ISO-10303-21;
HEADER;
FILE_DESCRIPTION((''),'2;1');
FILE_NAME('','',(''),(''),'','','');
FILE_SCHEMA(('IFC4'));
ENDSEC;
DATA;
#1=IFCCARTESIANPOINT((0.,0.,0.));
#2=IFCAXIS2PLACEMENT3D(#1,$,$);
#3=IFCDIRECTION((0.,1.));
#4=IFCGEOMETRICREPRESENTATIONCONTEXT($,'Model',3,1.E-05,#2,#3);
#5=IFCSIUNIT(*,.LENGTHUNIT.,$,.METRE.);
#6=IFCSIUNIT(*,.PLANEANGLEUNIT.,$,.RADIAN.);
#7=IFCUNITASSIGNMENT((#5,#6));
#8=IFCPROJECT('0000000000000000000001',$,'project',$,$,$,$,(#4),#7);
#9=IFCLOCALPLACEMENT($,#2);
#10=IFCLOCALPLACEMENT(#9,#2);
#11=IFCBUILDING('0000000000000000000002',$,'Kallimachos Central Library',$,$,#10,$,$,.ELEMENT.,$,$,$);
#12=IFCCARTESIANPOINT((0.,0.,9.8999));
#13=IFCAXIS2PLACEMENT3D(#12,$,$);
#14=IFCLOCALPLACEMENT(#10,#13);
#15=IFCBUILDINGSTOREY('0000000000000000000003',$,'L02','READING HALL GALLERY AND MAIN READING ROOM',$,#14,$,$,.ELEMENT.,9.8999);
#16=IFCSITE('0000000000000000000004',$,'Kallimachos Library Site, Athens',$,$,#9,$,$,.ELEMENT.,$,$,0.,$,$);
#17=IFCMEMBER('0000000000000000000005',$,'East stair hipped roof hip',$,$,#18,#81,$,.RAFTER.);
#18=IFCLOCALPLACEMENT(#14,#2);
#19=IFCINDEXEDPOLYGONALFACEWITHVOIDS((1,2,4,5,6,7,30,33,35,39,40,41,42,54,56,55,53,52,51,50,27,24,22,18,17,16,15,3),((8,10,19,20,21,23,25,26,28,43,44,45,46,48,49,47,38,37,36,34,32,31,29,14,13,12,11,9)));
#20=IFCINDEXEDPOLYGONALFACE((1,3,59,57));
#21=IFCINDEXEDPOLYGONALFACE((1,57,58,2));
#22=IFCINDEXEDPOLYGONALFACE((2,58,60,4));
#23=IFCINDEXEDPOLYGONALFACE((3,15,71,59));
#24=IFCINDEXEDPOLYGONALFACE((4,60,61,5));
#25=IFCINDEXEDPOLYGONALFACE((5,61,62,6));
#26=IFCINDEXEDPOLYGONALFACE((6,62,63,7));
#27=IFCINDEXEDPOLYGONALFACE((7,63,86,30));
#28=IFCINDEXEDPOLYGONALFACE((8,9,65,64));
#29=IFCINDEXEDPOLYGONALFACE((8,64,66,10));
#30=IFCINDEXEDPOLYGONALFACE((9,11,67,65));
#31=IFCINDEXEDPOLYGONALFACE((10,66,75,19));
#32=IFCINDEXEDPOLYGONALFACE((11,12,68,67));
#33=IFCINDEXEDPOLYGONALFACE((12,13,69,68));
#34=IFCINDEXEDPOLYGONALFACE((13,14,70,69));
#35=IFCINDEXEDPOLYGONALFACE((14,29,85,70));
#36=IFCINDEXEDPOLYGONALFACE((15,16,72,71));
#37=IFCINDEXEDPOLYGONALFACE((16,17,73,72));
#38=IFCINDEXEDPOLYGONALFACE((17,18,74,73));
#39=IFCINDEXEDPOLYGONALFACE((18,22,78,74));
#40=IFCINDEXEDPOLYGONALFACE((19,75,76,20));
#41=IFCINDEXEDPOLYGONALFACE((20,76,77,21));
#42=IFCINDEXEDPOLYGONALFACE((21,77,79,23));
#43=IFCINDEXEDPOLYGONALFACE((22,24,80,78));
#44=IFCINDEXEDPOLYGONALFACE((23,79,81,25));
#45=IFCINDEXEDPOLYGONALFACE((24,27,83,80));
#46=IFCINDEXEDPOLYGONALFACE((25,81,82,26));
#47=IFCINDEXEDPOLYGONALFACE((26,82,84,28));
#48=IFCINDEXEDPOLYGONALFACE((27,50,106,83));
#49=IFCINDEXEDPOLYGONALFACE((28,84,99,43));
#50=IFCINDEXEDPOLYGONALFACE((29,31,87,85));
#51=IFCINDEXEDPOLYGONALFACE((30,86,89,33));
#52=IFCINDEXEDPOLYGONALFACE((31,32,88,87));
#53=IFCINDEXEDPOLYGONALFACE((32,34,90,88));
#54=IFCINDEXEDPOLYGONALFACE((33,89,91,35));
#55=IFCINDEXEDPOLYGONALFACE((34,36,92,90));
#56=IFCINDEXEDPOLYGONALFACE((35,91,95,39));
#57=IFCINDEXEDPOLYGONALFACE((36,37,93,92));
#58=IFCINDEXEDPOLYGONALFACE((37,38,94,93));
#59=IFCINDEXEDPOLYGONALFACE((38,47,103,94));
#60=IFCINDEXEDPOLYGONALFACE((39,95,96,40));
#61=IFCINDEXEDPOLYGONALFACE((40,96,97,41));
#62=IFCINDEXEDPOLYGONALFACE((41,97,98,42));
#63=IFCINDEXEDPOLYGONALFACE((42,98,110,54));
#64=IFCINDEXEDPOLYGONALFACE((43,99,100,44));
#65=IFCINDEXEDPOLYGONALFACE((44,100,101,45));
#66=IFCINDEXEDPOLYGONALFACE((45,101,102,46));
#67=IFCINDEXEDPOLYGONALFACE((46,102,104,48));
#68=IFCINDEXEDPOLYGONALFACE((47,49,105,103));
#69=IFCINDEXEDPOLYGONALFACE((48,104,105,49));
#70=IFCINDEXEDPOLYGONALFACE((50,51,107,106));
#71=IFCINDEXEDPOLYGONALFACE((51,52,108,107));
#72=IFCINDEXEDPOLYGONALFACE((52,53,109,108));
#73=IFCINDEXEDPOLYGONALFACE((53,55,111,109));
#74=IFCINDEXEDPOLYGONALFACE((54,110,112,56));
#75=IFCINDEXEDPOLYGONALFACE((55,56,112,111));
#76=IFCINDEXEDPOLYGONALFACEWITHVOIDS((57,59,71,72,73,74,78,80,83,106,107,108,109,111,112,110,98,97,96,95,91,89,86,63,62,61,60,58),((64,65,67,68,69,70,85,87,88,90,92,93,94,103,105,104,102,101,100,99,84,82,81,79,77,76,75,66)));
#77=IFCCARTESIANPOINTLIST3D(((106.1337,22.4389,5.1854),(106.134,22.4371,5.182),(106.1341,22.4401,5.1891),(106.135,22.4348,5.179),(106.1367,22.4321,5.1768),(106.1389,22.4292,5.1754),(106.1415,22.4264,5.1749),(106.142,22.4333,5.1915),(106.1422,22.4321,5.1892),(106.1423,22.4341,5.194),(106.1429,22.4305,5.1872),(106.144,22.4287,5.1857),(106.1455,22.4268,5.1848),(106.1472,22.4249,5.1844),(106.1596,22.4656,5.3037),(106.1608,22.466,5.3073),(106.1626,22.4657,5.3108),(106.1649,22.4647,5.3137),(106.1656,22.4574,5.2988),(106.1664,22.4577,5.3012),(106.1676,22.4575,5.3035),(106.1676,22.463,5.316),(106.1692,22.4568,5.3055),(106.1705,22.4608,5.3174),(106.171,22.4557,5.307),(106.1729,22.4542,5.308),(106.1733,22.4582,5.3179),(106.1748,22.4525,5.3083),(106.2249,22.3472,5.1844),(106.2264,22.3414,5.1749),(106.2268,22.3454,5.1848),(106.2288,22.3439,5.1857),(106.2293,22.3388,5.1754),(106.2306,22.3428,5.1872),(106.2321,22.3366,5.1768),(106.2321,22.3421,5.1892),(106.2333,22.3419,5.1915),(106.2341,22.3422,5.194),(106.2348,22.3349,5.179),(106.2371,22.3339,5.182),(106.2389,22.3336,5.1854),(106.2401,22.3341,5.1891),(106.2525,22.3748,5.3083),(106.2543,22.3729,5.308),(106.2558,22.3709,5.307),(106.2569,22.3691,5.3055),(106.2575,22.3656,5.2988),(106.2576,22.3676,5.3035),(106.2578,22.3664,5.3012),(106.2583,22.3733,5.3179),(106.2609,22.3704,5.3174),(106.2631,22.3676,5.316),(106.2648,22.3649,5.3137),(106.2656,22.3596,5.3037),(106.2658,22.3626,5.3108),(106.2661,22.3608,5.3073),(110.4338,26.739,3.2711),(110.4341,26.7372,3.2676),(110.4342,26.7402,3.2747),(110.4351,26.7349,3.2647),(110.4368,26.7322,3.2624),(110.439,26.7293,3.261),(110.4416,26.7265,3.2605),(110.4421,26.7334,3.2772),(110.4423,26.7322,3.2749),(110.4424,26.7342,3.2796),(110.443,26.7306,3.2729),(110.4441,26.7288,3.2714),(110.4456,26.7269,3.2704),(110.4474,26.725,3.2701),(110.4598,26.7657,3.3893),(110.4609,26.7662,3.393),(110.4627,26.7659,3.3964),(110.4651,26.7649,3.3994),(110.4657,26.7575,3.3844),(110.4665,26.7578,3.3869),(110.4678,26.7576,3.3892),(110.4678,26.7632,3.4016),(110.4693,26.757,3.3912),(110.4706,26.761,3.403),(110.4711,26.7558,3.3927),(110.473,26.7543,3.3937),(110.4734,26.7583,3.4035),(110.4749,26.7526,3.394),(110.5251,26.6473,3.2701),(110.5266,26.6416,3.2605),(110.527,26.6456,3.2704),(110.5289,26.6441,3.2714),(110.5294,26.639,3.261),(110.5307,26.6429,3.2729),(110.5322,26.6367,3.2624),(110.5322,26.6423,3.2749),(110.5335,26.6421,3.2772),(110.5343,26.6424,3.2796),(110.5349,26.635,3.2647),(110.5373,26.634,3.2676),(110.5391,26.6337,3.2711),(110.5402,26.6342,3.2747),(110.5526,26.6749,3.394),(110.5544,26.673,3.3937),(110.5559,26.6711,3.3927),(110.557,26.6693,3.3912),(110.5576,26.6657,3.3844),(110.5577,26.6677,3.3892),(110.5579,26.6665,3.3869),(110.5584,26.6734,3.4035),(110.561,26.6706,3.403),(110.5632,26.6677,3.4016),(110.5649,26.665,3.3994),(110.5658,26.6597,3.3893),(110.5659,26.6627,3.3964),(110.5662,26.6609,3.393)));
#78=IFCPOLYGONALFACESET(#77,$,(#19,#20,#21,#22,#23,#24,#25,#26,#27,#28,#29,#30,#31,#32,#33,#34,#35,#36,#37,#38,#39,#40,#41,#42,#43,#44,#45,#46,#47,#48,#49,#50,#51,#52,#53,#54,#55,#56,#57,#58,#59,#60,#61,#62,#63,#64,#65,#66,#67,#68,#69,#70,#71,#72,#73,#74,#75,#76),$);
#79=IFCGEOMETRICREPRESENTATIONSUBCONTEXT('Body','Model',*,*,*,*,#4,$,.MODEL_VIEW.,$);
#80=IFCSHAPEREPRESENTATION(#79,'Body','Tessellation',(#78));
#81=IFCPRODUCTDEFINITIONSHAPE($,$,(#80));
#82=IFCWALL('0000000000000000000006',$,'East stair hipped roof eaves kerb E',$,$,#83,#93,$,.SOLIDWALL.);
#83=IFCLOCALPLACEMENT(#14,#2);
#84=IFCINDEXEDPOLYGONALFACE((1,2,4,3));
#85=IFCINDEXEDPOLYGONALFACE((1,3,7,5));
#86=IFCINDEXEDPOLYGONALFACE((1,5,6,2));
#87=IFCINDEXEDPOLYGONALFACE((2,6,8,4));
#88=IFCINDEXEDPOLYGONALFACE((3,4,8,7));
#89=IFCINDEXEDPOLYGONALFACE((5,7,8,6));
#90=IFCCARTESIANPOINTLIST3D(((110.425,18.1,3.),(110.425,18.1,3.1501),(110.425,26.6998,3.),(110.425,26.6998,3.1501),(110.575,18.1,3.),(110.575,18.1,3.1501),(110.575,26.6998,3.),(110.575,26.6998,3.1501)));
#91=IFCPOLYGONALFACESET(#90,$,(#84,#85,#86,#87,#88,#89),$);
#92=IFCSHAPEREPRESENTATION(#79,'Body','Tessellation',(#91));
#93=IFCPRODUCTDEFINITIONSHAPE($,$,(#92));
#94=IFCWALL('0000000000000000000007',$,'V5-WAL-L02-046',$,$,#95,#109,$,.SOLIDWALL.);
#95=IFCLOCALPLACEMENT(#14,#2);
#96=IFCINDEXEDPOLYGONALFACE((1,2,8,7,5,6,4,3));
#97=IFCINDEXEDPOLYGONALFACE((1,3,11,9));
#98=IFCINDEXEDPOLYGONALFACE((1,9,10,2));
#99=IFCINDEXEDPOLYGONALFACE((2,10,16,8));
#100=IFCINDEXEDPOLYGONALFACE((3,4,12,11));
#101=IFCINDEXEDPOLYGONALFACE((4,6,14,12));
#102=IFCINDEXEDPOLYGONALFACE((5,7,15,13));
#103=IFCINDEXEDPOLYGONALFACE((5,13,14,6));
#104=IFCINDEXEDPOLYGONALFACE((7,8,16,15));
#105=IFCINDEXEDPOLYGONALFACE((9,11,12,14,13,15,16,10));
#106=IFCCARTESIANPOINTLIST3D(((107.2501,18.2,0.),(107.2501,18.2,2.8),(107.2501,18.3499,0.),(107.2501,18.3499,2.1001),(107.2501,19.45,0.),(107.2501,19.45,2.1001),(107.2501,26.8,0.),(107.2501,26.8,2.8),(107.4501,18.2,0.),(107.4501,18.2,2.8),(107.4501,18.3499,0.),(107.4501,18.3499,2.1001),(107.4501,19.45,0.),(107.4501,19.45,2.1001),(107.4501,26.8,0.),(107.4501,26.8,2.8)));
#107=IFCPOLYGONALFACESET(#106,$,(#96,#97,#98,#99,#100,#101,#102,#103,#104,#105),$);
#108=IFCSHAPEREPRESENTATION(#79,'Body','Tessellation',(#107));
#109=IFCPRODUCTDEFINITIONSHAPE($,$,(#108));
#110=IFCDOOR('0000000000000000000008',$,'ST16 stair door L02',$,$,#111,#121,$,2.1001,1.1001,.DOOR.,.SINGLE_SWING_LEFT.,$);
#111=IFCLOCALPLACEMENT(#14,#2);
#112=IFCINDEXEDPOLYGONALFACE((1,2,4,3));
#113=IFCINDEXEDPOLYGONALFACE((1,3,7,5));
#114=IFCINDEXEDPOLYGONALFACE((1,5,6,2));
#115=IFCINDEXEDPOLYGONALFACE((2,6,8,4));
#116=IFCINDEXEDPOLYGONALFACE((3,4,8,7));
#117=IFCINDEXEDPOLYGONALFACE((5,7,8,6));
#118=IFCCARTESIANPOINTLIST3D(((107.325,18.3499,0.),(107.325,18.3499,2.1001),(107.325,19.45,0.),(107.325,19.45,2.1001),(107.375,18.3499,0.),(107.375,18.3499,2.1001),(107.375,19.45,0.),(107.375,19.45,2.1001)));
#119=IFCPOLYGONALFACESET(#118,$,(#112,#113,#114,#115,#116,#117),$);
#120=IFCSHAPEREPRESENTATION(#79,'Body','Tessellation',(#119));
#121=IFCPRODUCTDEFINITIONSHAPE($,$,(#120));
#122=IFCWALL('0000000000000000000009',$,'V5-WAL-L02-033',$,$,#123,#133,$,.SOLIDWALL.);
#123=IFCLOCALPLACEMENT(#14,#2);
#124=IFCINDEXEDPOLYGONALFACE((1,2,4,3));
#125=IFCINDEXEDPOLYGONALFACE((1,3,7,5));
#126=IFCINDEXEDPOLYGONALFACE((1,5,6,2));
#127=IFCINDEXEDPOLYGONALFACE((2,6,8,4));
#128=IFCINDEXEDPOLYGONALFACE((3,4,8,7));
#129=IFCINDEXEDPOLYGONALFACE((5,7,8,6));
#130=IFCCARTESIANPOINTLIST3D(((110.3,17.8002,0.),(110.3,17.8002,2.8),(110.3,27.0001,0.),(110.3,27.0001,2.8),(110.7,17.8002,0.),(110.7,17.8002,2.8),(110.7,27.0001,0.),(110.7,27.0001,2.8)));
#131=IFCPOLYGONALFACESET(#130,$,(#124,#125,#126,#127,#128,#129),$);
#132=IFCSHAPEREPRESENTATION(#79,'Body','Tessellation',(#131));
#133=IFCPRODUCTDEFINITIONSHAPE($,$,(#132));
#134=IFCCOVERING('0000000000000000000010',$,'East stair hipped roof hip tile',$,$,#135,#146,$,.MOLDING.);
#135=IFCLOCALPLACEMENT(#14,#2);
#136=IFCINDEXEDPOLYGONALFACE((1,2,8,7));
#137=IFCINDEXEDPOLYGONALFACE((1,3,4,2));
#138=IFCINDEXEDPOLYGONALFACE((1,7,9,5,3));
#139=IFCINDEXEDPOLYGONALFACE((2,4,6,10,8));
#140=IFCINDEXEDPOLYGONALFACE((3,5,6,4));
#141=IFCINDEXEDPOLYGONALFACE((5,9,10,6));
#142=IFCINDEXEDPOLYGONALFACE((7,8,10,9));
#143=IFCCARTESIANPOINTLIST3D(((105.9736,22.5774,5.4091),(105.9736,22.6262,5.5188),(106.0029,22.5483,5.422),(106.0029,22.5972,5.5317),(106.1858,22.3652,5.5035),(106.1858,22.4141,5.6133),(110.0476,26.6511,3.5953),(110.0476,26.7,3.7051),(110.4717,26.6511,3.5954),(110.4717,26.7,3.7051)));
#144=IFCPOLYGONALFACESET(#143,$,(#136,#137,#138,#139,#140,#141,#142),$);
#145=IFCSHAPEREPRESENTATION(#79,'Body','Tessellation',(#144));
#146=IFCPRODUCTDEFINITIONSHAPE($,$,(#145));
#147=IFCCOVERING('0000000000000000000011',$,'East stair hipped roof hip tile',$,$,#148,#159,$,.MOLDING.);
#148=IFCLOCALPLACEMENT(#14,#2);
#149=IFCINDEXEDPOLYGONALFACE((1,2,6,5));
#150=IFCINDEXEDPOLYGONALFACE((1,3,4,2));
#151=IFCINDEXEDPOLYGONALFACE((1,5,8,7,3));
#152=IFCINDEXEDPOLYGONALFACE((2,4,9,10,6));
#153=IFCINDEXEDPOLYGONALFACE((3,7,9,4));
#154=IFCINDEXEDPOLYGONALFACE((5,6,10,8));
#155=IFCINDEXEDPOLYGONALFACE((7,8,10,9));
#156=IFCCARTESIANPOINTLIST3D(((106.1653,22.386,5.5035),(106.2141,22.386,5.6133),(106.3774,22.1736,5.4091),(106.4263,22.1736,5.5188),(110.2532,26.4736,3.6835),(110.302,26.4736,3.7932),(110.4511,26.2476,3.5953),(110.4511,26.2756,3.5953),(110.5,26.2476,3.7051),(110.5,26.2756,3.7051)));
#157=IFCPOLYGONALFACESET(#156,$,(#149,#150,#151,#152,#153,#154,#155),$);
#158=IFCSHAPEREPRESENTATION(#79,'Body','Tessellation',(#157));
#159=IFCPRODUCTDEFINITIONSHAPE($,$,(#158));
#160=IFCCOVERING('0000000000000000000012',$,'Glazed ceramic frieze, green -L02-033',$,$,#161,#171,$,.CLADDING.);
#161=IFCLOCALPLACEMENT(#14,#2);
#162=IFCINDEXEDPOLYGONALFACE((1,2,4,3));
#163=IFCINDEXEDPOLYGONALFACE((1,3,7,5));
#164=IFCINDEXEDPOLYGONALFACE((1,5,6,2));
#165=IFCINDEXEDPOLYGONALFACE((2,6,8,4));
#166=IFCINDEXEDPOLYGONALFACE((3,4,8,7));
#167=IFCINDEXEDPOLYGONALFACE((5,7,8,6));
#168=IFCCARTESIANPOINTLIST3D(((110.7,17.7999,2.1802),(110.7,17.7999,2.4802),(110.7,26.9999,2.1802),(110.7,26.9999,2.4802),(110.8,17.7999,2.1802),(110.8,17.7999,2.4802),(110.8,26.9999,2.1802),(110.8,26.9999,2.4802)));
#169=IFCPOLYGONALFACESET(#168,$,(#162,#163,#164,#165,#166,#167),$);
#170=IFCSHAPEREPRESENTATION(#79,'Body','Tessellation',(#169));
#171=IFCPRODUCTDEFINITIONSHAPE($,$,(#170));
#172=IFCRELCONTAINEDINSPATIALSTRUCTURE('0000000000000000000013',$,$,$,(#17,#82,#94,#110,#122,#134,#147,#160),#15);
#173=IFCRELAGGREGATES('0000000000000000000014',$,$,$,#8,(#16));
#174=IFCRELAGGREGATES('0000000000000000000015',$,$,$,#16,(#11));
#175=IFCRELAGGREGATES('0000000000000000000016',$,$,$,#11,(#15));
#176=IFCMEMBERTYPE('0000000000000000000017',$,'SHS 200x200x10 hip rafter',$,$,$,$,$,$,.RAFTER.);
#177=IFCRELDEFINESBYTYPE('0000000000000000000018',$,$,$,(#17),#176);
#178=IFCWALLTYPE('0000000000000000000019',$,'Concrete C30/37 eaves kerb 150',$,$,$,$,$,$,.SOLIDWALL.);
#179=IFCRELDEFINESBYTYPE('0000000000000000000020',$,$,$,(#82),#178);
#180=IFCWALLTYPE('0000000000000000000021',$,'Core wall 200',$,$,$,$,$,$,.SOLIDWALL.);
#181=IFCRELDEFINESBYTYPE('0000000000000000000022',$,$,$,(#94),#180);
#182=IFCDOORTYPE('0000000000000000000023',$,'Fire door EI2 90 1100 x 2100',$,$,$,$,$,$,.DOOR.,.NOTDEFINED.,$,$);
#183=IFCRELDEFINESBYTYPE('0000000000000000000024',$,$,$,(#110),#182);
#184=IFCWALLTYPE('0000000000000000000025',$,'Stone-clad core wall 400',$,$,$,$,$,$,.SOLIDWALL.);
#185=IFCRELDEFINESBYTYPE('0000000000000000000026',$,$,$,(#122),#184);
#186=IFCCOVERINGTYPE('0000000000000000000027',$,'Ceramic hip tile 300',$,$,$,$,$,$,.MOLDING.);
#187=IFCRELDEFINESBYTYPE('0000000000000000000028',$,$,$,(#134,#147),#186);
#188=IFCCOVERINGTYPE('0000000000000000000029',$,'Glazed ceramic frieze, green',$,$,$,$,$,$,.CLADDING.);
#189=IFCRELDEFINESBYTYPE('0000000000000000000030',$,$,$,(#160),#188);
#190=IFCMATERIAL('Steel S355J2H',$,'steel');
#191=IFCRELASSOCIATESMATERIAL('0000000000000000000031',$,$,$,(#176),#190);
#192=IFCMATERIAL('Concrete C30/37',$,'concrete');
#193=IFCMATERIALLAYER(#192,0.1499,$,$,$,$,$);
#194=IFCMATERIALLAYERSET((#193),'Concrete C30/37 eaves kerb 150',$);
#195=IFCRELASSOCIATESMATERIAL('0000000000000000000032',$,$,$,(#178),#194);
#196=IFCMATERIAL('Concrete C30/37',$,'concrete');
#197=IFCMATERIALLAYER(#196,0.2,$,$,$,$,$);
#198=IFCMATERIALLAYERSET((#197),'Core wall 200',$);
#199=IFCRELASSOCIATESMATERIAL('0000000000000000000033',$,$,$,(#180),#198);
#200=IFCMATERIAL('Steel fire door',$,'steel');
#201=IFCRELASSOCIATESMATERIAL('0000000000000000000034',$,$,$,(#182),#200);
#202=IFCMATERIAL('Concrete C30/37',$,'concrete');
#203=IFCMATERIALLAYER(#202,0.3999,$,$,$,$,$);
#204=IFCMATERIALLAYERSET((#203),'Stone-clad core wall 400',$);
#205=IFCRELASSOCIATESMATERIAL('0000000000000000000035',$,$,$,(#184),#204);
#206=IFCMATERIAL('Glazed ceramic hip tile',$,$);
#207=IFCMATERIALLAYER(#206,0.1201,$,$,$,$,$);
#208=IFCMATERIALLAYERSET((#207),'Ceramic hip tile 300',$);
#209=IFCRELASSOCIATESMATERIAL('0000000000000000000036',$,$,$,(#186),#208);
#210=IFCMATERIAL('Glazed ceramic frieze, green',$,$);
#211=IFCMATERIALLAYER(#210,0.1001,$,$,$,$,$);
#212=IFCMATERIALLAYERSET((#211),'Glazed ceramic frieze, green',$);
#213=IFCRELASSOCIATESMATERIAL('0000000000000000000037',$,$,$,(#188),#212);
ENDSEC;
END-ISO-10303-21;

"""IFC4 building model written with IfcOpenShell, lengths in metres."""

from ifc_helpers import new_model, si_unit, direction, frame, frame_2d, origin, origin_2d, place, context, subcontext, project, spatial, polyline, rectangle, hollow_rectangle, outline, extrude, material, layer, layer_set, material_profile, profile_set, type_object, element, fill, save


model = new_model("IFC4")

# Units and contexts
model_context = context("Model", 3, precision=1e-05, world=origin(), true_north=direction((0.0, 1.0)))
body_context = subcontext(model_context, "Body", "Model", "MODEL_VIEW")
ifc_project = project(units=[si_unit("LENGTHUNIT", "METRE"), si_unit("PLANEANGLEUNIT", "RADIAN")], contexts=[model_context])

# Site, building, storey
site_placement = place(None, origin())
site = spatial("IfcSite", under=ifc_project, at=site_placement, Name="Kallimachos Library Site, Athens", CompositionType="ELEMENT", RefElevation=0.0)
building_placement = place(site_placement, origin())
building = spatial("IfcBuilding", under=site, at=building_placement, Name="Kallimachos Central Library", CompositionType="ELEMENT")
storey_placement = place(building_placement, frame((0.0, 0.0, 9.8999)))
storey = spatial("IfcBuildingStorey", under=building, at=storey_placement, Name="L02", Description="READING HALL GALLERY AND MAIN READING ROOM", CompositionType="ELEMENT", Elevation=9.8999)

# Member
ifc_material_1 = material(Name="Steel S355J2H", Category="steel")
ifc_material_profile_1 = material_profile(ifc_material_1, hollow_rectangle(XDim=0.1499, YDim=0.1499, WallThickness=0.01, InnerFilletRadius=0.01, OuterFilletRadius=0.0149, at=origin_2d()), Name="SHS 150x150x10")
ifc_profile_set_1 = profile_set([ifc_material_profile_1], Name="Steel S355J2H")
member_type_1 = type_object("IfcMemberType", Name="SHS 200x200x10 hip rafter", PredefinedType="RAFTER", material=ifc_profile_set_1)
member_1_placement = place(storey_placement, frame((110.5, 26.7, 3.332), z_axis=(-0.674478, -0.674478, 0.300266), x_axis=(0.707107, -0.707107, 0.0)))
element("IfcMember", 1, at=member_1_placement, inside=storey, type_object=member_type_1, Name="East stair hipped roof hip", PredefinedType="RAFTER", context=body_context, shape_type="SweptSolid", body=[
    extrude(hollow_rectangle(XDim=0.1499, YDim=0.1499, WallThickness=0.01, InnerFilletRadius=0.01, OuterFilletRadius=0.0149, at=origin_2d()), origin(), (0.0, 0.0, 1.0), 6.3755),
])

# Wall
ifc_material_2 = material(Name="Concrete C30/37", Category="concrete")
ifc_layer_1 = layer(ifc_material_2, 0.1499)
ifc_layer_set_1 = layer_set([ifc_layer_1], Name="Concrete C30/37 eaves kerb 150")
wall_type_1 = type_object("IfcWallType", Name="Concrete C30/37 eaves kerb 150", PredefinedType="SOLIDWALL", material=ifc_layer_set_1)
wall_1_placement = place(storey_placement, frame((110.5, 18.1001, 3.0), z_axis=(0.0, 0.0, 1.0), x_axis=(0.0, 1.0, 0.0)))
element("IfcWall", 2, at=wall_1_placement, inside=storey, type_object=wall_type_1, Name="East stair hipped roof eaves kerb E", PredefinedType="SOLIDWALL", context=body_context, shape_type="SweptSolid", body=[
    extrude(rectangle(XDim=8.5999, YDim=0.1499, at=frame_2d((4.2998, 0.0))), origin(), (0.0, 0.0, 1.0), 0.1501),
])

# Wall, opening, door
ifc_material_3 = material(Name="Concrete C30/37", Category="concrete")
ifc_layer_2 = layer(ifc_material_3, 0.2)
ifc_layer_set_2 = layer_set([ifc_layer_2], Name="Core wall 200")
wall_type_2 = type_object("IfcWallType", Name="Core wall 200", PredefinedType="SOLIDWALL", material=ifc_layer_set_2)
wall_2_placement = place(storey_placement, frame((107.3501, 18.2, 0.0), z_axis=(0.0, 0.0, 1.0), x_axis=(0.0, 1.0, 0.0)))
wall_2 = element("IfcWall", 3, at=wall_2_placement, inside=storey, type_object=wall_type_2, Name="V5-WAL-L02-046", PredefinedType="SOLIDWALL", context=body_context, shape_type="SweptSolid", body=[
    extrude(rectangle(XDim=8.6001, YDim=0.2, at=frame_2d((4.3, 0.0))), origin(), (0.0, 0.0, 1.0), 2.8),
])
opening_placement = place(wall_2_placement, frame((0.1499, 0.0, 0.0)))
opening = element("IfcOpeningElement", 4, at=opening_placement, cuts=wall_2, PredefinedType="OPENING", context=body_context, shape_type="SweptSolid", body=[
    extrude(rectangle(XDim=1.1001, YDim=2.1001, at=frame_2d((0.55, 1.05))), frame((0.0, 0.1099, 0.0), z_axis=(0.0, -1.0, 0.0), x_axis=(1.0, 0.0, 0.0)), (0.0, 0.0, 1.0), 0.22),
])
ifc_material_4 = material(Name="Steel fire door", Category="steel")
door_type = type_object("IfcDoorType", Name="Fire door EI2 90 1100 x 2100", OperationType="NOTDEFINED", PredefinedType="DOOR", material=ifc_material_4)
door_placement = place(opening_placement, frame((1.1001, 0.0, 0.0), z_axis=(0.0, 0.0, 1.0), x_axis=(-1.0, 0.0, 0.0)))
door = element("IfcDoor", 5, at=door_placement, inside=storey, type_object=door_type, Name="ST16 stair door L02", OperationType="SINGLE_SWING_LEFT", OverallHeight=2.1001, OverallWidth=1.1001, PredefinedType="DOOR", context=body_context, shape_type="SweptSolid", body=[
    extrude(rectangle(XDim=1.1001, YDim=2.1001, at=frame_2d((0.55, 1.05))), frame((0.0, 0.0249, 0.0), z_axis=(0.0, -1.0, 0.0), x_axis=(1.0, 0.0, 0.0)), (0.0, 0.0, 1.0), 0.05),
])
fill(opening, door)

# Wall
ifc_material_5 = material(Name="Concrete C30/37", Category="concrete")
ifc_layer_3 = layer(ifc_material_5, 0.3999)
ifc_layer_set_3 = layer_set([ifc_layer_3], Name="Stone-clad core wall 400")
wall_type_3 = type_object("IfcWallType", Name="Stone-clad core wall 400", PredefinedType="SOLIDWALL", material=ifc_layer_set_3)
wall_3_placement = place(storey_placement, frame((110.5, 17.8, 0.0), z_axis=(0.0, 0.0, 1.0), x_axis=(0.0, 1.0, 0.0)))
element("IfcWall", 6, at=wall_3_placement, inside=storey, type_object=wall_type_3, Name="V5-WAL-L02-033", PredefinedType="SOLIDWALL", context=body_context, shape_type="SweptSolid", body=[
    extrude(rectangle(XDim=9.2, YDim=0.3999, at=frame_2d((4.6001, 0.0))), origin(), (0.0, 0.0, 1.0), 2.8),
])

# Coverings
ifc_material_6 = material(Name="Glazed ceramic hip tile")
ifc_layer_4 = layer(ifc_material_6, 0.1201)
ifc_layer_set_4 = layer_set([ifc_layer_4], Name="Ceramic hip tile 300")
covering_type_1 = type_object("IfcCoveringType", Name="Ceramic hip tile 300", PredefinedType="MOLDING", material=ifc_layer_set_4)
covering_1_placement = place(storey_placement, frame((106.1858, 22.4141, 5.6133), z_axis=(-0.000026, 0.406757, 0.913537), x_axis=(-0.673967, 0.674879, -0.300512)))
element("IfcCovering", 7, at=covering_1_placement, inside=storey, type_object=covering_type_1, Name="East stair hipped roof hip tile", PredefinedType="MOLDING", context=body_context, shape_type="SweptSolid", body=[
    extrude(outline(polyline([(0.0, 0.0), (0.2713, 0.0), (0.3146, 0.0002), (0.8632, -6.0149), (0.5773, -6.3282), (0.0, 0.0)])), origin(), (0.0, 0.0, -1.0), 0.1201),
])
covering_2_placement = place(storey_placement, frame((106.2141, 22.386, 5.6133), z_axis=(0.40674, -0.000004, 0.913544), x_axis=(0.67449, 0.674449, -0.300302)))
element("IfcCovering", 8, at=covering_2_placement, inside=storey, type_object=covering_type_1, Name="East stair hipped roof hip tile", PredefinedType="MOLDING", context=body_context, shape_type="SweptSolid", body=[
    extrude(outline(polyline([(0.0, 0.0), (6.0607, 0.0), (6.0872, -0.2924), (6.0683, -0.3131), (0.0282, -0.3135), (0.0, 0.0)])), origin(), (0.0, 0.0, -1.0), 0.1201),
])
ifc_material_7 = material(Name="Glazed ceramic frieze, green")
ifc_layer_5 = layer(ifc_material_7, 0.1001)
ifc_layer_set_5 = layer_set([ifc_layer_5], Name="Glazed ceramic frieze, green")
covering_type_2 = type_object("IfcCoveringType", Name="Glazed ceramic frieze, green", PredefinedType="CLADDING", material=ifc_layer_set_5)
covering_3_placement = place(storey_placement, frame((110.75, 22.3999, 2.1802), z_axis=(0.0, 0.0, 1.0), x_axis=(1.0, 0.0, 0.0)))
element("IfcCovering", 9, at=covering_3_placement, inside=storey, type_object=covering_type_2, Name="Glazed ceramic frieze, green -L02-033", PredefinedType="CLADDING", context=body_context, shape_type="SweptSolid", body=[
    extrude(rectangle(XDim=0.1001, YDim=9.2, at=origin_2d()), origin(), (0.0, 0.0, 1.0), 0.3),
])

save(model, "model.ifc")
